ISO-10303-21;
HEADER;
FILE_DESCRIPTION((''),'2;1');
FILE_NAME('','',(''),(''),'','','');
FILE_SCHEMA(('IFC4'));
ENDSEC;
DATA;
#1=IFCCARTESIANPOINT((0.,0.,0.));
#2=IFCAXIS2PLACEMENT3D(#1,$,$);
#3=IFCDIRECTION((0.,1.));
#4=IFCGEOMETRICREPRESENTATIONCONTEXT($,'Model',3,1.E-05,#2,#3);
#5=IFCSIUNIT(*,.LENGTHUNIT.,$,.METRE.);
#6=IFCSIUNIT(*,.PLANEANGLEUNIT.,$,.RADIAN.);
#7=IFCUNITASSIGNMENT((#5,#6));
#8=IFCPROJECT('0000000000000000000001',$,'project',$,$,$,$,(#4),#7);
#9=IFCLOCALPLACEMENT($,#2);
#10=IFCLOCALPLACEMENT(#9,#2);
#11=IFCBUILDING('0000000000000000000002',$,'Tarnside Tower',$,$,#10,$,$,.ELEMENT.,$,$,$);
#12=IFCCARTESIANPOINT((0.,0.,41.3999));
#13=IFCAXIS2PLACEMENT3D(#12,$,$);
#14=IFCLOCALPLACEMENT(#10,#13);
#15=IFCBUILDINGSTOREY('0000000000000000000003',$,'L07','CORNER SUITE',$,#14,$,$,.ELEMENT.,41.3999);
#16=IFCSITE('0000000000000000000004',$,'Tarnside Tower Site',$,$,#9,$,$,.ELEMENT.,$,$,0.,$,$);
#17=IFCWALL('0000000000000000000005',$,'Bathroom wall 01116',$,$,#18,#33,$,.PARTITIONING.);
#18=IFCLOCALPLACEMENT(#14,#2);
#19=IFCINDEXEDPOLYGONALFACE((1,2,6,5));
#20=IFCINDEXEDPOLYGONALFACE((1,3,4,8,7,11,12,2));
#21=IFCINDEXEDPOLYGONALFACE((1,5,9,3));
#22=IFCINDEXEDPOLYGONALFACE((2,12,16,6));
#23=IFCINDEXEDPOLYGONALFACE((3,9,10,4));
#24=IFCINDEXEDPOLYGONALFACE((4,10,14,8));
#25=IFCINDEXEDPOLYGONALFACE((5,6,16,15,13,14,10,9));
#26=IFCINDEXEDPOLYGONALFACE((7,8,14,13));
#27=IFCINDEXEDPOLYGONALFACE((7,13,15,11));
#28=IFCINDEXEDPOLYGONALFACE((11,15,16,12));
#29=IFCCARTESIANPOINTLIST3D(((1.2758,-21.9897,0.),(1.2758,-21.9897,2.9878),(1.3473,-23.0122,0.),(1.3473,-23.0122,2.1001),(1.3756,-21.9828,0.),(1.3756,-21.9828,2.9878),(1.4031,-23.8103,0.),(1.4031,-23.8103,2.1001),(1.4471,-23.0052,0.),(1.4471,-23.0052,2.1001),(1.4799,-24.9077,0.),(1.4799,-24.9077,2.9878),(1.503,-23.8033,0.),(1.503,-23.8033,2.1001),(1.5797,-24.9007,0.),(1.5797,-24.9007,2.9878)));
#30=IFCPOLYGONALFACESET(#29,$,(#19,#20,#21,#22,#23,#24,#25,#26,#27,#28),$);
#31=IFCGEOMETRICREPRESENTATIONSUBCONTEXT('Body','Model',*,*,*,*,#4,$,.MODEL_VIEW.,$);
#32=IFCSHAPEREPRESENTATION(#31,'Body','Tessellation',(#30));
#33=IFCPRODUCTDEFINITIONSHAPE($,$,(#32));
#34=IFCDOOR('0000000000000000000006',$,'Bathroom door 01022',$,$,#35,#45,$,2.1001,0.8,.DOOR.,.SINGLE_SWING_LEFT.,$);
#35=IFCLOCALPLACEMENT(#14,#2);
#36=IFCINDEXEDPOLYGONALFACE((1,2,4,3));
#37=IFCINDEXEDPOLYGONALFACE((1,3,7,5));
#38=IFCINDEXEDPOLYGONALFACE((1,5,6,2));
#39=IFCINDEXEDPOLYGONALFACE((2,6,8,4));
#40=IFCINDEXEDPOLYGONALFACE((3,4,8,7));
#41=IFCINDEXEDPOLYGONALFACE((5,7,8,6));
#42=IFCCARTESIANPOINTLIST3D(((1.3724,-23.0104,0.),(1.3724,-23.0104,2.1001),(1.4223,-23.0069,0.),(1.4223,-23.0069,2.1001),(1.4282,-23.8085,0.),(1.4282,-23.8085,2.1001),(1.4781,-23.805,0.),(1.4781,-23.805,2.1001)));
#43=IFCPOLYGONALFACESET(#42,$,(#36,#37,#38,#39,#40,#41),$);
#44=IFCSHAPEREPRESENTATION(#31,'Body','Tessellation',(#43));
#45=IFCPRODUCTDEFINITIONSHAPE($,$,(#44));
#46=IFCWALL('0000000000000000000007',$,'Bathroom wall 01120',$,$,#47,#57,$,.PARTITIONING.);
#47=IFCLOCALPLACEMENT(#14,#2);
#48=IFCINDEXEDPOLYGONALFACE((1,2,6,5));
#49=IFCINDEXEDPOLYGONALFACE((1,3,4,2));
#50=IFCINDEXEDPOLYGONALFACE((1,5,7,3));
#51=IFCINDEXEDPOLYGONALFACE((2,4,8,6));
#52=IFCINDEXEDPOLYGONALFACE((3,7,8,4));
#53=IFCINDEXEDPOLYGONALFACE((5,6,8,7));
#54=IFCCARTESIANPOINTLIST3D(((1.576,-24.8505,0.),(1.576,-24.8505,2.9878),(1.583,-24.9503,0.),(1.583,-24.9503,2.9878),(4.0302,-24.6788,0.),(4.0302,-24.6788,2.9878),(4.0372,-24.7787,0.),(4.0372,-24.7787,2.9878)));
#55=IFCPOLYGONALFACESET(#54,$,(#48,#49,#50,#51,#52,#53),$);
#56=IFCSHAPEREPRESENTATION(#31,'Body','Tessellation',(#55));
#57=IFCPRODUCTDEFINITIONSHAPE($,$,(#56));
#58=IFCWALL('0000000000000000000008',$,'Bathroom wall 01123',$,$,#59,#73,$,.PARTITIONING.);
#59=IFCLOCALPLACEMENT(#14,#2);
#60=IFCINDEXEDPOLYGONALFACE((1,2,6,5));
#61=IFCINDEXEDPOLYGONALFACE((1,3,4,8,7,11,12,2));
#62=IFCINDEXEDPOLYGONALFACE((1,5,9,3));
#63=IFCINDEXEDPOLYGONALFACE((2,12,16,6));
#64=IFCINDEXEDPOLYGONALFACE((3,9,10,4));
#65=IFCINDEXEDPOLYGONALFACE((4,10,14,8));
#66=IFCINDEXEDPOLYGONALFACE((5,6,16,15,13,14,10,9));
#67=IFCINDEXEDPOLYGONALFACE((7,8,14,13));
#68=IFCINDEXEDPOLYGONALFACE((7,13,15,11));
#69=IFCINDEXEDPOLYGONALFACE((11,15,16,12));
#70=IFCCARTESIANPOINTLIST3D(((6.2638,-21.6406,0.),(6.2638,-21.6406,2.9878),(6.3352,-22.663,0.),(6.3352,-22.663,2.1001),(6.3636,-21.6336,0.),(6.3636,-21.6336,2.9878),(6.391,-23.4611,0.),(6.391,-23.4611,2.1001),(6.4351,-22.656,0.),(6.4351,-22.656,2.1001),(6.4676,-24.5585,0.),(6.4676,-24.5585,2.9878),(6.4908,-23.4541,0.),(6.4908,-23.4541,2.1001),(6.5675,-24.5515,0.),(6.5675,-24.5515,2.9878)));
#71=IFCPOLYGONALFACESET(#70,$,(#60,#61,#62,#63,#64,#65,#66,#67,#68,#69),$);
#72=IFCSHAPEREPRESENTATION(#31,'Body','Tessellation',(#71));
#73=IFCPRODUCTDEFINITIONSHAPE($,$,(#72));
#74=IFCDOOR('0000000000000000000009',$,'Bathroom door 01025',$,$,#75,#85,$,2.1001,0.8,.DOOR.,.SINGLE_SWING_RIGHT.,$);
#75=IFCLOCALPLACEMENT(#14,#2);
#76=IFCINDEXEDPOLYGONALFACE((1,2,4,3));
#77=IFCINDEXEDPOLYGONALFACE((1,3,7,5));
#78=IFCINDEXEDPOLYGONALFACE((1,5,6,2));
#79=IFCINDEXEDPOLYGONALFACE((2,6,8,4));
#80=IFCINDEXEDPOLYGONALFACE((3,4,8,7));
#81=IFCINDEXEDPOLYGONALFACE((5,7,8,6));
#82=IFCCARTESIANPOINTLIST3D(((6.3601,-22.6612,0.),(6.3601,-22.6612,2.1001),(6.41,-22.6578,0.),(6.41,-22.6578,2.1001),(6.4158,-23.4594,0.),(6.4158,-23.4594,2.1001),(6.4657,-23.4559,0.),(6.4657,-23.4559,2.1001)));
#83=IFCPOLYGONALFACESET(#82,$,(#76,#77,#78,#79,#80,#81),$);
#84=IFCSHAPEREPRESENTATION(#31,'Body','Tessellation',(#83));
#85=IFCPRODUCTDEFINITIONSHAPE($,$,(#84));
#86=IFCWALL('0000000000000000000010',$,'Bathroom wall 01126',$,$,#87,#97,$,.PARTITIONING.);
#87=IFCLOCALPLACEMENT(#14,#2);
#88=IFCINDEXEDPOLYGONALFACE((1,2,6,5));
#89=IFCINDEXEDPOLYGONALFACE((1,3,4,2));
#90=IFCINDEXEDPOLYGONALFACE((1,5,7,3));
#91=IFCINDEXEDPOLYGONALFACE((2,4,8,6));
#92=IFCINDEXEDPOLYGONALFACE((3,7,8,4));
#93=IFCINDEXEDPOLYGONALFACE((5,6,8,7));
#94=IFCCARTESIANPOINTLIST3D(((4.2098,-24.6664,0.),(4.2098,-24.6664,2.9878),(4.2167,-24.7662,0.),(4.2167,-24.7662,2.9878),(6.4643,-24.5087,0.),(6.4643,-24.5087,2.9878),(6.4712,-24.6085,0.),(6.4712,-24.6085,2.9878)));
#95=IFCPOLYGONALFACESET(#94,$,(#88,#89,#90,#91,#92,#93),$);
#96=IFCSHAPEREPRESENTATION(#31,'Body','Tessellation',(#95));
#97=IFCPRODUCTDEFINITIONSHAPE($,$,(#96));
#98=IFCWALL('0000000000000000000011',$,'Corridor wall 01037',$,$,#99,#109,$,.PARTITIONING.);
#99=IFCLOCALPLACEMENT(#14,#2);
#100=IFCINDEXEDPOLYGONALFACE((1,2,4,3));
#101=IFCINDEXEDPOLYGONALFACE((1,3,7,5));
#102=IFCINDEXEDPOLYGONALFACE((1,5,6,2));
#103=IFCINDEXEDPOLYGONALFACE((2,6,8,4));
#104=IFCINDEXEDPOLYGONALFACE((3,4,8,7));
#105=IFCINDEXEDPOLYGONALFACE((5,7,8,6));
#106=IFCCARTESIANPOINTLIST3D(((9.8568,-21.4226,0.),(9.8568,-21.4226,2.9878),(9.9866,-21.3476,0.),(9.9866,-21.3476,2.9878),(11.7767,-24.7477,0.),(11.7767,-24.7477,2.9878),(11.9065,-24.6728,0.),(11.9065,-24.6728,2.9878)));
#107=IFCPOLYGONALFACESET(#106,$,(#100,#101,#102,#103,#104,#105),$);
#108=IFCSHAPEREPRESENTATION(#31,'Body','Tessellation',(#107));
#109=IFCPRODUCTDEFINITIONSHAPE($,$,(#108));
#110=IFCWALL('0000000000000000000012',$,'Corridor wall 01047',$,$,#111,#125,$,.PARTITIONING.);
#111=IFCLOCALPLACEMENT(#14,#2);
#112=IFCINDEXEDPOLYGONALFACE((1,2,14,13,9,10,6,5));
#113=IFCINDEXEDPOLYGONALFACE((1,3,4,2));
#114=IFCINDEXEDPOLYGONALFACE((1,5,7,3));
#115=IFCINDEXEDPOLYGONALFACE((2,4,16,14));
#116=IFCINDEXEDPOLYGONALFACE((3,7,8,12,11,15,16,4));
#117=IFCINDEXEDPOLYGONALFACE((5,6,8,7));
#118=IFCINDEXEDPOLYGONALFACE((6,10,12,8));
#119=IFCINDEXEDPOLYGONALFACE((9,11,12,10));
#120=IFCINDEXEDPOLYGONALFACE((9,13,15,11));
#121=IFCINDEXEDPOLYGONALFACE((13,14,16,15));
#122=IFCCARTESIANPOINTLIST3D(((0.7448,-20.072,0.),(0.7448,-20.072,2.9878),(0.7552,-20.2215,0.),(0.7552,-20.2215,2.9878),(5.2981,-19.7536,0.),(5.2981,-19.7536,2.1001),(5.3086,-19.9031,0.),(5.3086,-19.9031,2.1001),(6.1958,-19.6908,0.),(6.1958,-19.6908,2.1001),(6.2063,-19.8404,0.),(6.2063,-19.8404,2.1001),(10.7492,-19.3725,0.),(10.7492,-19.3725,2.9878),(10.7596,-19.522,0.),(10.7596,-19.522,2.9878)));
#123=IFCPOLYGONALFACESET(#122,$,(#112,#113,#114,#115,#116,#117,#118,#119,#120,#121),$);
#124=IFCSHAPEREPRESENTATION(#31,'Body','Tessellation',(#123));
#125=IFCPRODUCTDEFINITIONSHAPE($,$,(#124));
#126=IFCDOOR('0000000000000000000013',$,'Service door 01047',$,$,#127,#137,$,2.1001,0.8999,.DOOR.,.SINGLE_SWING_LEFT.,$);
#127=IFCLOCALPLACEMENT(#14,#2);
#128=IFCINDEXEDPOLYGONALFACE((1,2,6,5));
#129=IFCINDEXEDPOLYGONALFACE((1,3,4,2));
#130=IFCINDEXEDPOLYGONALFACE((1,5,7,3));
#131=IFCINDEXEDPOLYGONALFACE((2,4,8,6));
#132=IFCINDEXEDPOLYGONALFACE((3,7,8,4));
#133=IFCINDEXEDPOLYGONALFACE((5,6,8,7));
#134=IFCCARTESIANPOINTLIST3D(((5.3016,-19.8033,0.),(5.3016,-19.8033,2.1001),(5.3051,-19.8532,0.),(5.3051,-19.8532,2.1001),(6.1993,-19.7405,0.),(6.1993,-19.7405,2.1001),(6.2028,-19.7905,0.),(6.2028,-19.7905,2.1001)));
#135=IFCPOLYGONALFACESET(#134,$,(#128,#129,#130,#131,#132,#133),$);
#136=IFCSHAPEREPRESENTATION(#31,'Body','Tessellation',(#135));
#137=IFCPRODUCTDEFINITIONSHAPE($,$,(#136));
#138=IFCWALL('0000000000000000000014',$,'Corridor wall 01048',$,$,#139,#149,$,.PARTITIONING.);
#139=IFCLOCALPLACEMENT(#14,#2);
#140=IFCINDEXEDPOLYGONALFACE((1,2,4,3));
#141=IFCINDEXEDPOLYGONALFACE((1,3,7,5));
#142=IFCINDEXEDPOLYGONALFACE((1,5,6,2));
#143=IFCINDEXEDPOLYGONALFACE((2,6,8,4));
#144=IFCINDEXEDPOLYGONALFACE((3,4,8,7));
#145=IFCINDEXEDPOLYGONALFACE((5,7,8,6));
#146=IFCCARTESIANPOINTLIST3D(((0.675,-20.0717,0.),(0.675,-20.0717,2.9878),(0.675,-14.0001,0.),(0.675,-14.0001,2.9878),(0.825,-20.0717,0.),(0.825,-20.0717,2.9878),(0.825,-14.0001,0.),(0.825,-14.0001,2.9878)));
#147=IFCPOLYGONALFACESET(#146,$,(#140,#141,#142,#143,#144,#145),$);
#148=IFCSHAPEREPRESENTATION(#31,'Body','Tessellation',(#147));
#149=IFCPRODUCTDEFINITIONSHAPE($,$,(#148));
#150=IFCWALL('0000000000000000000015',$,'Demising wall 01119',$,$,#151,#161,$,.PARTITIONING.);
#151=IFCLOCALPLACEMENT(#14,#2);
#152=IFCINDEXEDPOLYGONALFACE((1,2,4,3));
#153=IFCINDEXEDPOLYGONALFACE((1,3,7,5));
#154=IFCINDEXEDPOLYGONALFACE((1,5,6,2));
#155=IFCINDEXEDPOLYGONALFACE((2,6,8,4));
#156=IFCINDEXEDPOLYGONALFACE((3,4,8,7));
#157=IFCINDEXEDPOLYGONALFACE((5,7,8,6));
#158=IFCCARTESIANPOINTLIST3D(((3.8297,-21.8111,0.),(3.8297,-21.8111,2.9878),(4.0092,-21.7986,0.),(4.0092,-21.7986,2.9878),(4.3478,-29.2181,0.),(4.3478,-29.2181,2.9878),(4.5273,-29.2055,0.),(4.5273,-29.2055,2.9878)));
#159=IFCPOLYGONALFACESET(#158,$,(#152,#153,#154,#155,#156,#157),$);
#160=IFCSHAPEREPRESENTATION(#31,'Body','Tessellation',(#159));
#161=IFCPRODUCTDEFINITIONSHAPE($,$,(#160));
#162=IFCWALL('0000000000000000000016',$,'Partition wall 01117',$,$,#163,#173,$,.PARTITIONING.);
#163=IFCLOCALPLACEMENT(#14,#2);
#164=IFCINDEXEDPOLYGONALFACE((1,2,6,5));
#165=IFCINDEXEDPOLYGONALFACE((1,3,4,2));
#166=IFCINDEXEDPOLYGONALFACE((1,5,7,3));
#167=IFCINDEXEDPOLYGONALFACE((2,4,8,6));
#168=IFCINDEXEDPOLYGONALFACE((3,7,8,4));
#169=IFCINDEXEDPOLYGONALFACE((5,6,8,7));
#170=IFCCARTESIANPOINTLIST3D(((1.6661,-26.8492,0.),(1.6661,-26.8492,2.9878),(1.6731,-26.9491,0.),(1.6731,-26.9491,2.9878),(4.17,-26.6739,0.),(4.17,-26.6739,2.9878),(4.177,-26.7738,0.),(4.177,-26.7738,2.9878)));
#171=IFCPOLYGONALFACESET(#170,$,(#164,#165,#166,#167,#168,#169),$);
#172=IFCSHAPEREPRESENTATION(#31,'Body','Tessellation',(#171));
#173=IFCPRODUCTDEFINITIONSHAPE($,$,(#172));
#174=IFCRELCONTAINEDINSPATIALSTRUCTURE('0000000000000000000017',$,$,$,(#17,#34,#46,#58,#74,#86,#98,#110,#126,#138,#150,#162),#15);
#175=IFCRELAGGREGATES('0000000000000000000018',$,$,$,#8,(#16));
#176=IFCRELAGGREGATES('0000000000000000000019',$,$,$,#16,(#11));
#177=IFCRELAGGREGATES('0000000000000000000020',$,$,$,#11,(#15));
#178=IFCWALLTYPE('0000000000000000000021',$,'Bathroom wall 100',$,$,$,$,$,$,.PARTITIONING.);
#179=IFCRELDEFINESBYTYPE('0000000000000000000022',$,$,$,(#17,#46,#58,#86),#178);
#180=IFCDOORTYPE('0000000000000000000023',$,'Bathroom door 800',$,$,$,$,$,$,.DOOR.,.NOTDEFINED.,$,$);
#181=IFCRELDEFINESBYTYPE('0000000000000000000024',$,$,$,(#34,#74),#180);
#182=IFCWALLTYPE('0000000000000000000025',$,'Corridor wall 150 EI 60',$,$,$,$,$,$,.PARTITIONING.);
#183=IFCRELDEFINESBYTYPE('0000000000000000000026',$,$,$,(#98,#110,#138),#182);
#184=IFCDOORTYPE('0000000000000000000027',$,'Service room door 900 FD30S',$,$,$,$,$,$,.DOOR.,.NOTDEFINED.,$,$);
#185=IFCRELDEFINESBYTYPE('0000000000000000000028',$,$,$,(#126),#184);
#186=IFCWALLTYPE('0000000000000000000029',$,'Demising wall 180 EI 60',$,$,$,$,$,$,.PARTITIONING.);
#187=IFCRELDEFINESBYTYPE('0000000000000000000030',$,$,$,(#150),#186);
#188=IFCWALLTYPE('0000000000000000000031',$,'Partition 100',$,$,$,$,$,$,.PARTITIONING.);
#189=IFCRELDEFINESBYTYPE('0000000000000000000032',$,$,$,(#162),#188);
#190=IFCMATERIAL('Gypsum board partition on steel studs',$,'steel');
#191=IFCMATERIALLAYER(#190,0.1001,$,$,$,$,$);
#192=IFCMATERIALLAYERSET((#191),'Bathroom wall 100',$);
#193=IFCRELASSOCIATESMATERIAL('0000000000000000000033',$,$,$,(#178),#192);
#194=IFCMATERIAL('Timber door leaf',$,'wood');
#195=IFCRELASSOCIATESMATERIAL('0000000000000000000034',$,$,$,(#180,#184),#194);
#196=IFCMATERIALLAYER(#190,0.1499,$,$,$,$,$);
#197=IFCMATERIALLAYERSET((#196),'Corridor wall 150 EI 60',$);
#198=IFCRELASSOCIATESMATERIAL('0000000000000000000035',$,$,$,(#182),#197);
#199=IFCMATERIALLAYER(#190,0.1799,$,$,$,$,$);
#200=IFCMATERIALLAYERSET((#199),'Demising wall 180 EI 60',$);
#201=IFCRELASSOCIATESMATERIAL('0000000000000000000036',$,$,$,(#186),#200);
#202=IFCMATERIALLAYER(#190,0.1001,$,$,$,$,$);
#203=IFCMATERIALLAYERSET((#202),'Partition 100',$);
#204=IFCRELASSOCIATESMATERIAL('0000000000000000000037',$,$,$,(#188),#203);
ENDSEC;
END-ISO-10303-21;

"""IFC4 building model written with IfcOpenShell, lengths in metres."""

from ifc_helpers import new_model, si_unit, direction, frame, frame_2d, origin, place, context, subcontext, project, spatial, rectangle, extrude, material, layer, layer_set, type_object, element, fill, save


model = new_model("IFC4")

# Units and contexts
model_context = context("Model", 3, precision=1e-05, world=origin(), true_north=direction((0.0, 1.0)))
body_context = subcontext(model_context, "Body", "Model", "MODEL_VIEW")
ifc_project = project(units=[si_unit("LENGTHUNIT", "METRE"), si_unit("PLANEANGLEUNIT", "RADIAN")], contexts=[model_context])

# Site, building, storey
site_placement = place(None, origin())
site = spatial("IfcSite", under=ifc_project, at=site_placement, Name="Tarnside Tower Site", CompositionType="ELEMENT", RefElevation=0.0)
building_placement = place(site_placement, origin())
building = spatial("IfcBuilding", under=site, at=building_placement, Name="Tarnside Tower", CompositionType="ELEMENT")
storey_placement = place(building_placement, frame((0.0, 0.0, 41.3999)))
storey = spatial("IfcBuildingStorey", under=building, at=storey_placement, Name="L07", Description="CORNER SUITE", CompositionType="ELEMENT", Elevation=41.3999)

# Wall, opening, door
ifc_material_1 = material(Name="Gypsum board partition on steel studs", Category="steel")
ifc_layer_1 = layer(ifc_material_1, 0.1001)
ifc_layer_set_1 = layer_set([ifc_layer_1], Name="Bathroom wall 100")
wall_type_1 = type_object("IfcWallType", Name="Bathroom wall 100", PredefinedType="PARTITIONING", material=ifc_layer_set_1)
wall_1_placement = place(storey_placement, frame((1.5298, -24.9041, 0.0), z_axis=(0.0, 0.0, 1.0), x_axis=(-0.069776, 0.997563, 0.0)))
wall_1 = element("IfcWall", 1, at=wall_1_placement, inside=storey, type_object=wall_type_1, Name="Bathroom wall 01116", PredefinedType="PARTITIONING", context=body_context, shape_type="SweptSolid", body=[
    extrude(rectangle(XDim=2.925, YDim=0.1001, at=frame_2d((1.4624, 0.0))), origin(), (0.0, 0.0, 1.0), 2.9878),
])
opening_1_placement = place(wall_1_placement, frame((1.1001, 0.0, 0.0)))
opening_1 = element("IfcOpeningElement", 2, at=opening_1_placement, cuts=wall_1, PredefinedType="OPENING", context=body_context, shape_type="SweptSolid", body=[
    extrude(rectangle(XDim=0.8, YDim=2.1001, at=frame_2d((0.3999, 1.05))), frame((0.0, 0.0601, 0.0), z_axis=(0.0, -1.0, 0.0), x_axis=(1.0, 0.0, 0.0)), (0.0, 0.0, 1.0), 0.1201),
])
ifc_material_2 = material(Name="Timber door leaf", Category="wood")
door_type_1 = type_object("IfcDoorType", Name="Bathroom door 800", OperationType="NOTDEFINED", PredefinedType="DOOR", material=ifc_material_2)
door_1_placement = place(opening_1_placement, origin())
door_1 = element("IfcDoor", 3, at=door_1_placement, inside=storey, type_object=door_type_1, Name="Bathroom door 01022", OperationType="SINGLE_SWING_LEFT", OverallHeight=2.1001, OverallWidth=0.8, PredefinedType="DOOR", context=body_context, shape_type="SweptSolid", body=[
    extrude(rectangle(XDim=0.8, YDim=2.1001, at=frame_2d((0.3999, 1.05))), frame((0.0, 0.0249, 0.0), z_axis=(0.0, -1.0, 0.0), x_axis=(1.0, 0.0, 0.0)), (0.0, 0.0, 1.0), 0.05),
])
fill(opening_1, door_1)

# Wall
wall_2_placement = place(storey_placement, frame((1.5796, -24.9004, 0.0), z_axis=(0.0, 0.0, 1.0), x_axis=(0.997563, 0.069766, 0.0)))
element("IfcWall", 4, at=wall_2_placement, inside=storey, type_object=wall_type_1, Name="Bathroom wall 01120", PredefinedType="PARTITIONING", context=body_context, shape_type="SweptSolid", body=[
    extrude(rectangle(XDim=2.4602, YDim=0.1001, at=frame_2d((1.23, 0.0))), origin(), (0.0, 0.0, 1.0), 2.9878),
])

# Wall, opening, door
wall_3_placement = place(storey_placement, frame((6.3137, -21.6372, 0.0), z_axis=(0.0, 0.0, 1.0), x_axis=(0.069693, -0.997568, 0.0)))
wall_3 = element("IfcWall", 5, at=wall_3_placement, inside=storey, type_object=wall_type_1, Name="Bathroom wall 01123", PredefinedType="PARTITIONING", context=body_context, shape_type="SweptSolid", body=[
    extrude(rectangle(XDim=2.925, YDim=0.1001, at=frame_2d((1.4624, 0.0))), origin(), (0.0, 0.0, 1.0), 2.9878),
])
opening_2_placement = place(wall_3_placement, frame((1.0249, 0.0, 0.0)))
opening_2 = element("IfcOpeningElement", 6, at=opening_2_placement, cuts=wall_3, PredefinedType="OPENING", context=body_context, shape_type="SweptSolid", body=[
    extrude(rectangle(XDim=0.8, YDim=2.1001, at=frame_2d((0.3999, 1.05))), frame((0.0, 0.0601, 0.0), z_axis=(0.0, -1.0, 0.0), x_axis=(1.0, 0.0, 0.0)), (0.0, 0.0, 1.0), 0.1201),
])
door_2_placement = place(opening_2_placement, origin())
door_2 = element("IfcDoor", 7, at=door_2_placement, inside=storey, type_object=door_type_1, Name="Bathroom door 01025", OperationType="SINGLE_SWING_RIGHT", OverallHeight=2.1001, OverallWidth=0.8, PredefinedType="DOOR", context=body_context, shape_type="SweptSolid", body=[
    extrude(rectangle(XDim=0.8, YDim=2.1001, at=frame_2d((0.3999, 1.05))), frame((0.0, 0.0249, 0.0), z_axis=(0.0, -1.0, 0.0), x_axis=(1.0, 0.0, 0.0)), (0.0, 0.0, 1.0), 0.05),
])
fill(opening_2, door_2)

# Walls
wall_4_placement = place(storey_placement, frame((4.2134, -24.7163, 0.0), z_axis=(0.0, 0.0, 1.0), x_axis=(0.997562, 0.069788, 0.0)))
element("IfcWall", 8, at=wall_4_placement, inside=storey, type_object=wall_type_1, Name="Bathroom wall 01126", PredefinedType="PARTITIONING", context=body_context, shape_type="SweptSolid", body=[
    extrude(rectangle(XDim=2.26, YDim=0.1001, at=frame_2d((1.1299, 0.0))), origin(), (0.0, 0.0, 1.0), 2.9878),
])
ifc_layer_2 = layer(ifc_material_1, 0.1499)
ifc_layer_set_2 = layer_set([ifc_layer_2], Name="Corridor wall 150 EI 60")
wall_type_2 = type_object("IfcWallType", Name="Corridor wall 150 EI 60", PredefinedType="PARTITIONING", material=ifc_layer_set_2)
wall_5_placement = place(storey_placement, frame((9.9216, -21.385, 0.0), z_axis=(0.0, 0.0, 1.0), x_axis=(0.500023, -0.866012, 0.0)))
element("IfcWall", 9, at=wall_5_placement, inside=storey, type_object=wall_type_2, Name="Corridor wall 01037", PredefinedType="PARTITIONING", context=body_context, shape_type="SweptSolid", body=[
    extrude(rectangle(XDim=3.8396, YDim=0.1499, at=frame_2d((1.9199, 0.0))), origin(), (0.0, 0.0, 1.0), 2.9878),
])

# Wall, opening, door
wall_6_placement = place(storey_placement, frame((10.7544, -19.4473, 0.0), z_axis=(0.0, 0.0, 1.0), x_axis=(-0.997565, -0.069745, 0.0)))
wall_6 = element("IfcWall", 10, at=wall_6_placement, inside=storey, type_object=wall_type_2, Name="Corridor wall 01047", PredefinedType="PARTITIONING", context=body_context, shape_type="SweptSolid", body=[
    extrude(rectangle(XDim=10.0288, YDim=0.1499, at=frame_2d((5.0144, 0.0))), origin(), (0.0, 0.0, 1.0), 2.9878),
])
opening_3_placement = place(wall_6_placement, frame((4.5645, 0.0, 0.0)))
opening_3 = element("IfcOpeningElement", 11, at=opening_3_placement, cuts=wall_6, PredefinedType="OPENING", context=body_context, shape_type="SweptSolid", body=[
    extrude(rectangle(XDim=0.8999, YDim=2.1001, at=frame_2d((0.45, 1.05))), frame((0.0, 0.085, 0.0), z_axis=(0.0, -1.0, 0.0), x_axis=(1.0, 0.0, 0.0)), (0.0, 0.0, 1.0), 0.1699),
])
door_type_2 = type_object("IfcDoorType", Name="Service room door 900 FD30S", OperationType="NOTDEFINED", PredefinedType="DOOR", material=ifc_material_2)
door_3_placement = place(opening_3_placement, origin())
door_3 = element("IfcDoor", 12, at=door_3_placement, inside=storey, type_object=door_type_2, Name="Service door 01047", OperationType="SINGLE_SWING_LEFT", OverallHeight=2.1001, OverallWidth=0.8999, PredefinedType="DOOR", context=body_context, shape_type="SweptSolid", body=[
    extrude(rectangle(XDim=0.8999, YDim=2.1001, at=frame_2d((0.45, 1.05))), frame((0.0, 0.0249, 0.0), z_axis=(0.0, -1.0, 0.0), x_axis=(1.0, 0.0, 0.0)), (0.0, 0.0, 1.0), 0.05),
])
fill(opening_3, door_3)

# Walls
wall_7_placement = place(storey_placement, frame((0.75, -20.0715, 0.0), z_axis=(0.0, 0.0, 1.0), x_axis=(0.0, 1.0, 0.0)))
element("IfcWall", 13, at=wall_7_placement, inside=storey, type_object=wall_type_2, Name="Corridor wall 01048", PredefinedType="PARTITIONING", context=body_context, shape_type="SweptSolid", body=[
    extrude(rectangle(XDim=6.0715, YDim=0.1499, at=frame_2d((3.0356, 0.0))), origin(), (0.0, 0.0, 1.0), 2.9878),
])
ifc_layer_3 = layer(ifc_material_1, 0.1799)
ifc_layer_set_3 = layer_set([ifc_layer_3], Name="Demising wall 180 EI 60")
wall_type_3 = type_object("IfcWallType", Name="Demising wall 180 EI 60", PredefinedType="PARTITIONING", material=ifc_layer_set_3)
wall_8_placement = place(storey_placement, frame((4.4375, -29.2117, 0.0), z_axis=(0.0, 0.0, 1.0), x_axis=(-0.069773, 0.997563, 0.0)))
element("IfcWall", 14, at=wall_8_placement, inside=storey, type_object=wall_type_3, Name="Demising wall 01119", PredefinedType="PARTITIONING", context=body_context, shape_type="SweptSolid", body=[
    extrude(rectangle(XDim=7.425, YDim=0.1799, at=frame_2d((3.7124, 0.0))), origin(), (0.0, 0.0, 1.0), 2.9878),
])
ifc_layer_4 = layer(ifc_material_1, 0.1001)
ifc_layer_set_4 = layer_set([ifc_layer_4], Name="Partition 100")
wall_type_4 = type_object("IfcWallType", Name="Partition 100", PredefinedType="PARTITIONING", material=ifc_layer_set_4)
wall_9_placement = place(storey_placement, frame((4.1733, -26.7239, 0.0), z_axis=(0.0, 0.0, 1.0), x_axis=(-0.997558, -0.069837, 0.0)))
element("IfcWall", 15, at=wall_9_placement, inside=storey, type_object=wall_type_4, Name="Partition wall 01117", PredefinedType="PARTITIONING", context=body_context, shape_type="SweptSolid", body=[
    extrude(rectangle(XDim=2.51, YDim=0.1001, at=frame_2d((1.2549, 0.0))), origin(), (0.0, 0.0, 1.0), 2.9878),
])

save(model, "model.ifc")
